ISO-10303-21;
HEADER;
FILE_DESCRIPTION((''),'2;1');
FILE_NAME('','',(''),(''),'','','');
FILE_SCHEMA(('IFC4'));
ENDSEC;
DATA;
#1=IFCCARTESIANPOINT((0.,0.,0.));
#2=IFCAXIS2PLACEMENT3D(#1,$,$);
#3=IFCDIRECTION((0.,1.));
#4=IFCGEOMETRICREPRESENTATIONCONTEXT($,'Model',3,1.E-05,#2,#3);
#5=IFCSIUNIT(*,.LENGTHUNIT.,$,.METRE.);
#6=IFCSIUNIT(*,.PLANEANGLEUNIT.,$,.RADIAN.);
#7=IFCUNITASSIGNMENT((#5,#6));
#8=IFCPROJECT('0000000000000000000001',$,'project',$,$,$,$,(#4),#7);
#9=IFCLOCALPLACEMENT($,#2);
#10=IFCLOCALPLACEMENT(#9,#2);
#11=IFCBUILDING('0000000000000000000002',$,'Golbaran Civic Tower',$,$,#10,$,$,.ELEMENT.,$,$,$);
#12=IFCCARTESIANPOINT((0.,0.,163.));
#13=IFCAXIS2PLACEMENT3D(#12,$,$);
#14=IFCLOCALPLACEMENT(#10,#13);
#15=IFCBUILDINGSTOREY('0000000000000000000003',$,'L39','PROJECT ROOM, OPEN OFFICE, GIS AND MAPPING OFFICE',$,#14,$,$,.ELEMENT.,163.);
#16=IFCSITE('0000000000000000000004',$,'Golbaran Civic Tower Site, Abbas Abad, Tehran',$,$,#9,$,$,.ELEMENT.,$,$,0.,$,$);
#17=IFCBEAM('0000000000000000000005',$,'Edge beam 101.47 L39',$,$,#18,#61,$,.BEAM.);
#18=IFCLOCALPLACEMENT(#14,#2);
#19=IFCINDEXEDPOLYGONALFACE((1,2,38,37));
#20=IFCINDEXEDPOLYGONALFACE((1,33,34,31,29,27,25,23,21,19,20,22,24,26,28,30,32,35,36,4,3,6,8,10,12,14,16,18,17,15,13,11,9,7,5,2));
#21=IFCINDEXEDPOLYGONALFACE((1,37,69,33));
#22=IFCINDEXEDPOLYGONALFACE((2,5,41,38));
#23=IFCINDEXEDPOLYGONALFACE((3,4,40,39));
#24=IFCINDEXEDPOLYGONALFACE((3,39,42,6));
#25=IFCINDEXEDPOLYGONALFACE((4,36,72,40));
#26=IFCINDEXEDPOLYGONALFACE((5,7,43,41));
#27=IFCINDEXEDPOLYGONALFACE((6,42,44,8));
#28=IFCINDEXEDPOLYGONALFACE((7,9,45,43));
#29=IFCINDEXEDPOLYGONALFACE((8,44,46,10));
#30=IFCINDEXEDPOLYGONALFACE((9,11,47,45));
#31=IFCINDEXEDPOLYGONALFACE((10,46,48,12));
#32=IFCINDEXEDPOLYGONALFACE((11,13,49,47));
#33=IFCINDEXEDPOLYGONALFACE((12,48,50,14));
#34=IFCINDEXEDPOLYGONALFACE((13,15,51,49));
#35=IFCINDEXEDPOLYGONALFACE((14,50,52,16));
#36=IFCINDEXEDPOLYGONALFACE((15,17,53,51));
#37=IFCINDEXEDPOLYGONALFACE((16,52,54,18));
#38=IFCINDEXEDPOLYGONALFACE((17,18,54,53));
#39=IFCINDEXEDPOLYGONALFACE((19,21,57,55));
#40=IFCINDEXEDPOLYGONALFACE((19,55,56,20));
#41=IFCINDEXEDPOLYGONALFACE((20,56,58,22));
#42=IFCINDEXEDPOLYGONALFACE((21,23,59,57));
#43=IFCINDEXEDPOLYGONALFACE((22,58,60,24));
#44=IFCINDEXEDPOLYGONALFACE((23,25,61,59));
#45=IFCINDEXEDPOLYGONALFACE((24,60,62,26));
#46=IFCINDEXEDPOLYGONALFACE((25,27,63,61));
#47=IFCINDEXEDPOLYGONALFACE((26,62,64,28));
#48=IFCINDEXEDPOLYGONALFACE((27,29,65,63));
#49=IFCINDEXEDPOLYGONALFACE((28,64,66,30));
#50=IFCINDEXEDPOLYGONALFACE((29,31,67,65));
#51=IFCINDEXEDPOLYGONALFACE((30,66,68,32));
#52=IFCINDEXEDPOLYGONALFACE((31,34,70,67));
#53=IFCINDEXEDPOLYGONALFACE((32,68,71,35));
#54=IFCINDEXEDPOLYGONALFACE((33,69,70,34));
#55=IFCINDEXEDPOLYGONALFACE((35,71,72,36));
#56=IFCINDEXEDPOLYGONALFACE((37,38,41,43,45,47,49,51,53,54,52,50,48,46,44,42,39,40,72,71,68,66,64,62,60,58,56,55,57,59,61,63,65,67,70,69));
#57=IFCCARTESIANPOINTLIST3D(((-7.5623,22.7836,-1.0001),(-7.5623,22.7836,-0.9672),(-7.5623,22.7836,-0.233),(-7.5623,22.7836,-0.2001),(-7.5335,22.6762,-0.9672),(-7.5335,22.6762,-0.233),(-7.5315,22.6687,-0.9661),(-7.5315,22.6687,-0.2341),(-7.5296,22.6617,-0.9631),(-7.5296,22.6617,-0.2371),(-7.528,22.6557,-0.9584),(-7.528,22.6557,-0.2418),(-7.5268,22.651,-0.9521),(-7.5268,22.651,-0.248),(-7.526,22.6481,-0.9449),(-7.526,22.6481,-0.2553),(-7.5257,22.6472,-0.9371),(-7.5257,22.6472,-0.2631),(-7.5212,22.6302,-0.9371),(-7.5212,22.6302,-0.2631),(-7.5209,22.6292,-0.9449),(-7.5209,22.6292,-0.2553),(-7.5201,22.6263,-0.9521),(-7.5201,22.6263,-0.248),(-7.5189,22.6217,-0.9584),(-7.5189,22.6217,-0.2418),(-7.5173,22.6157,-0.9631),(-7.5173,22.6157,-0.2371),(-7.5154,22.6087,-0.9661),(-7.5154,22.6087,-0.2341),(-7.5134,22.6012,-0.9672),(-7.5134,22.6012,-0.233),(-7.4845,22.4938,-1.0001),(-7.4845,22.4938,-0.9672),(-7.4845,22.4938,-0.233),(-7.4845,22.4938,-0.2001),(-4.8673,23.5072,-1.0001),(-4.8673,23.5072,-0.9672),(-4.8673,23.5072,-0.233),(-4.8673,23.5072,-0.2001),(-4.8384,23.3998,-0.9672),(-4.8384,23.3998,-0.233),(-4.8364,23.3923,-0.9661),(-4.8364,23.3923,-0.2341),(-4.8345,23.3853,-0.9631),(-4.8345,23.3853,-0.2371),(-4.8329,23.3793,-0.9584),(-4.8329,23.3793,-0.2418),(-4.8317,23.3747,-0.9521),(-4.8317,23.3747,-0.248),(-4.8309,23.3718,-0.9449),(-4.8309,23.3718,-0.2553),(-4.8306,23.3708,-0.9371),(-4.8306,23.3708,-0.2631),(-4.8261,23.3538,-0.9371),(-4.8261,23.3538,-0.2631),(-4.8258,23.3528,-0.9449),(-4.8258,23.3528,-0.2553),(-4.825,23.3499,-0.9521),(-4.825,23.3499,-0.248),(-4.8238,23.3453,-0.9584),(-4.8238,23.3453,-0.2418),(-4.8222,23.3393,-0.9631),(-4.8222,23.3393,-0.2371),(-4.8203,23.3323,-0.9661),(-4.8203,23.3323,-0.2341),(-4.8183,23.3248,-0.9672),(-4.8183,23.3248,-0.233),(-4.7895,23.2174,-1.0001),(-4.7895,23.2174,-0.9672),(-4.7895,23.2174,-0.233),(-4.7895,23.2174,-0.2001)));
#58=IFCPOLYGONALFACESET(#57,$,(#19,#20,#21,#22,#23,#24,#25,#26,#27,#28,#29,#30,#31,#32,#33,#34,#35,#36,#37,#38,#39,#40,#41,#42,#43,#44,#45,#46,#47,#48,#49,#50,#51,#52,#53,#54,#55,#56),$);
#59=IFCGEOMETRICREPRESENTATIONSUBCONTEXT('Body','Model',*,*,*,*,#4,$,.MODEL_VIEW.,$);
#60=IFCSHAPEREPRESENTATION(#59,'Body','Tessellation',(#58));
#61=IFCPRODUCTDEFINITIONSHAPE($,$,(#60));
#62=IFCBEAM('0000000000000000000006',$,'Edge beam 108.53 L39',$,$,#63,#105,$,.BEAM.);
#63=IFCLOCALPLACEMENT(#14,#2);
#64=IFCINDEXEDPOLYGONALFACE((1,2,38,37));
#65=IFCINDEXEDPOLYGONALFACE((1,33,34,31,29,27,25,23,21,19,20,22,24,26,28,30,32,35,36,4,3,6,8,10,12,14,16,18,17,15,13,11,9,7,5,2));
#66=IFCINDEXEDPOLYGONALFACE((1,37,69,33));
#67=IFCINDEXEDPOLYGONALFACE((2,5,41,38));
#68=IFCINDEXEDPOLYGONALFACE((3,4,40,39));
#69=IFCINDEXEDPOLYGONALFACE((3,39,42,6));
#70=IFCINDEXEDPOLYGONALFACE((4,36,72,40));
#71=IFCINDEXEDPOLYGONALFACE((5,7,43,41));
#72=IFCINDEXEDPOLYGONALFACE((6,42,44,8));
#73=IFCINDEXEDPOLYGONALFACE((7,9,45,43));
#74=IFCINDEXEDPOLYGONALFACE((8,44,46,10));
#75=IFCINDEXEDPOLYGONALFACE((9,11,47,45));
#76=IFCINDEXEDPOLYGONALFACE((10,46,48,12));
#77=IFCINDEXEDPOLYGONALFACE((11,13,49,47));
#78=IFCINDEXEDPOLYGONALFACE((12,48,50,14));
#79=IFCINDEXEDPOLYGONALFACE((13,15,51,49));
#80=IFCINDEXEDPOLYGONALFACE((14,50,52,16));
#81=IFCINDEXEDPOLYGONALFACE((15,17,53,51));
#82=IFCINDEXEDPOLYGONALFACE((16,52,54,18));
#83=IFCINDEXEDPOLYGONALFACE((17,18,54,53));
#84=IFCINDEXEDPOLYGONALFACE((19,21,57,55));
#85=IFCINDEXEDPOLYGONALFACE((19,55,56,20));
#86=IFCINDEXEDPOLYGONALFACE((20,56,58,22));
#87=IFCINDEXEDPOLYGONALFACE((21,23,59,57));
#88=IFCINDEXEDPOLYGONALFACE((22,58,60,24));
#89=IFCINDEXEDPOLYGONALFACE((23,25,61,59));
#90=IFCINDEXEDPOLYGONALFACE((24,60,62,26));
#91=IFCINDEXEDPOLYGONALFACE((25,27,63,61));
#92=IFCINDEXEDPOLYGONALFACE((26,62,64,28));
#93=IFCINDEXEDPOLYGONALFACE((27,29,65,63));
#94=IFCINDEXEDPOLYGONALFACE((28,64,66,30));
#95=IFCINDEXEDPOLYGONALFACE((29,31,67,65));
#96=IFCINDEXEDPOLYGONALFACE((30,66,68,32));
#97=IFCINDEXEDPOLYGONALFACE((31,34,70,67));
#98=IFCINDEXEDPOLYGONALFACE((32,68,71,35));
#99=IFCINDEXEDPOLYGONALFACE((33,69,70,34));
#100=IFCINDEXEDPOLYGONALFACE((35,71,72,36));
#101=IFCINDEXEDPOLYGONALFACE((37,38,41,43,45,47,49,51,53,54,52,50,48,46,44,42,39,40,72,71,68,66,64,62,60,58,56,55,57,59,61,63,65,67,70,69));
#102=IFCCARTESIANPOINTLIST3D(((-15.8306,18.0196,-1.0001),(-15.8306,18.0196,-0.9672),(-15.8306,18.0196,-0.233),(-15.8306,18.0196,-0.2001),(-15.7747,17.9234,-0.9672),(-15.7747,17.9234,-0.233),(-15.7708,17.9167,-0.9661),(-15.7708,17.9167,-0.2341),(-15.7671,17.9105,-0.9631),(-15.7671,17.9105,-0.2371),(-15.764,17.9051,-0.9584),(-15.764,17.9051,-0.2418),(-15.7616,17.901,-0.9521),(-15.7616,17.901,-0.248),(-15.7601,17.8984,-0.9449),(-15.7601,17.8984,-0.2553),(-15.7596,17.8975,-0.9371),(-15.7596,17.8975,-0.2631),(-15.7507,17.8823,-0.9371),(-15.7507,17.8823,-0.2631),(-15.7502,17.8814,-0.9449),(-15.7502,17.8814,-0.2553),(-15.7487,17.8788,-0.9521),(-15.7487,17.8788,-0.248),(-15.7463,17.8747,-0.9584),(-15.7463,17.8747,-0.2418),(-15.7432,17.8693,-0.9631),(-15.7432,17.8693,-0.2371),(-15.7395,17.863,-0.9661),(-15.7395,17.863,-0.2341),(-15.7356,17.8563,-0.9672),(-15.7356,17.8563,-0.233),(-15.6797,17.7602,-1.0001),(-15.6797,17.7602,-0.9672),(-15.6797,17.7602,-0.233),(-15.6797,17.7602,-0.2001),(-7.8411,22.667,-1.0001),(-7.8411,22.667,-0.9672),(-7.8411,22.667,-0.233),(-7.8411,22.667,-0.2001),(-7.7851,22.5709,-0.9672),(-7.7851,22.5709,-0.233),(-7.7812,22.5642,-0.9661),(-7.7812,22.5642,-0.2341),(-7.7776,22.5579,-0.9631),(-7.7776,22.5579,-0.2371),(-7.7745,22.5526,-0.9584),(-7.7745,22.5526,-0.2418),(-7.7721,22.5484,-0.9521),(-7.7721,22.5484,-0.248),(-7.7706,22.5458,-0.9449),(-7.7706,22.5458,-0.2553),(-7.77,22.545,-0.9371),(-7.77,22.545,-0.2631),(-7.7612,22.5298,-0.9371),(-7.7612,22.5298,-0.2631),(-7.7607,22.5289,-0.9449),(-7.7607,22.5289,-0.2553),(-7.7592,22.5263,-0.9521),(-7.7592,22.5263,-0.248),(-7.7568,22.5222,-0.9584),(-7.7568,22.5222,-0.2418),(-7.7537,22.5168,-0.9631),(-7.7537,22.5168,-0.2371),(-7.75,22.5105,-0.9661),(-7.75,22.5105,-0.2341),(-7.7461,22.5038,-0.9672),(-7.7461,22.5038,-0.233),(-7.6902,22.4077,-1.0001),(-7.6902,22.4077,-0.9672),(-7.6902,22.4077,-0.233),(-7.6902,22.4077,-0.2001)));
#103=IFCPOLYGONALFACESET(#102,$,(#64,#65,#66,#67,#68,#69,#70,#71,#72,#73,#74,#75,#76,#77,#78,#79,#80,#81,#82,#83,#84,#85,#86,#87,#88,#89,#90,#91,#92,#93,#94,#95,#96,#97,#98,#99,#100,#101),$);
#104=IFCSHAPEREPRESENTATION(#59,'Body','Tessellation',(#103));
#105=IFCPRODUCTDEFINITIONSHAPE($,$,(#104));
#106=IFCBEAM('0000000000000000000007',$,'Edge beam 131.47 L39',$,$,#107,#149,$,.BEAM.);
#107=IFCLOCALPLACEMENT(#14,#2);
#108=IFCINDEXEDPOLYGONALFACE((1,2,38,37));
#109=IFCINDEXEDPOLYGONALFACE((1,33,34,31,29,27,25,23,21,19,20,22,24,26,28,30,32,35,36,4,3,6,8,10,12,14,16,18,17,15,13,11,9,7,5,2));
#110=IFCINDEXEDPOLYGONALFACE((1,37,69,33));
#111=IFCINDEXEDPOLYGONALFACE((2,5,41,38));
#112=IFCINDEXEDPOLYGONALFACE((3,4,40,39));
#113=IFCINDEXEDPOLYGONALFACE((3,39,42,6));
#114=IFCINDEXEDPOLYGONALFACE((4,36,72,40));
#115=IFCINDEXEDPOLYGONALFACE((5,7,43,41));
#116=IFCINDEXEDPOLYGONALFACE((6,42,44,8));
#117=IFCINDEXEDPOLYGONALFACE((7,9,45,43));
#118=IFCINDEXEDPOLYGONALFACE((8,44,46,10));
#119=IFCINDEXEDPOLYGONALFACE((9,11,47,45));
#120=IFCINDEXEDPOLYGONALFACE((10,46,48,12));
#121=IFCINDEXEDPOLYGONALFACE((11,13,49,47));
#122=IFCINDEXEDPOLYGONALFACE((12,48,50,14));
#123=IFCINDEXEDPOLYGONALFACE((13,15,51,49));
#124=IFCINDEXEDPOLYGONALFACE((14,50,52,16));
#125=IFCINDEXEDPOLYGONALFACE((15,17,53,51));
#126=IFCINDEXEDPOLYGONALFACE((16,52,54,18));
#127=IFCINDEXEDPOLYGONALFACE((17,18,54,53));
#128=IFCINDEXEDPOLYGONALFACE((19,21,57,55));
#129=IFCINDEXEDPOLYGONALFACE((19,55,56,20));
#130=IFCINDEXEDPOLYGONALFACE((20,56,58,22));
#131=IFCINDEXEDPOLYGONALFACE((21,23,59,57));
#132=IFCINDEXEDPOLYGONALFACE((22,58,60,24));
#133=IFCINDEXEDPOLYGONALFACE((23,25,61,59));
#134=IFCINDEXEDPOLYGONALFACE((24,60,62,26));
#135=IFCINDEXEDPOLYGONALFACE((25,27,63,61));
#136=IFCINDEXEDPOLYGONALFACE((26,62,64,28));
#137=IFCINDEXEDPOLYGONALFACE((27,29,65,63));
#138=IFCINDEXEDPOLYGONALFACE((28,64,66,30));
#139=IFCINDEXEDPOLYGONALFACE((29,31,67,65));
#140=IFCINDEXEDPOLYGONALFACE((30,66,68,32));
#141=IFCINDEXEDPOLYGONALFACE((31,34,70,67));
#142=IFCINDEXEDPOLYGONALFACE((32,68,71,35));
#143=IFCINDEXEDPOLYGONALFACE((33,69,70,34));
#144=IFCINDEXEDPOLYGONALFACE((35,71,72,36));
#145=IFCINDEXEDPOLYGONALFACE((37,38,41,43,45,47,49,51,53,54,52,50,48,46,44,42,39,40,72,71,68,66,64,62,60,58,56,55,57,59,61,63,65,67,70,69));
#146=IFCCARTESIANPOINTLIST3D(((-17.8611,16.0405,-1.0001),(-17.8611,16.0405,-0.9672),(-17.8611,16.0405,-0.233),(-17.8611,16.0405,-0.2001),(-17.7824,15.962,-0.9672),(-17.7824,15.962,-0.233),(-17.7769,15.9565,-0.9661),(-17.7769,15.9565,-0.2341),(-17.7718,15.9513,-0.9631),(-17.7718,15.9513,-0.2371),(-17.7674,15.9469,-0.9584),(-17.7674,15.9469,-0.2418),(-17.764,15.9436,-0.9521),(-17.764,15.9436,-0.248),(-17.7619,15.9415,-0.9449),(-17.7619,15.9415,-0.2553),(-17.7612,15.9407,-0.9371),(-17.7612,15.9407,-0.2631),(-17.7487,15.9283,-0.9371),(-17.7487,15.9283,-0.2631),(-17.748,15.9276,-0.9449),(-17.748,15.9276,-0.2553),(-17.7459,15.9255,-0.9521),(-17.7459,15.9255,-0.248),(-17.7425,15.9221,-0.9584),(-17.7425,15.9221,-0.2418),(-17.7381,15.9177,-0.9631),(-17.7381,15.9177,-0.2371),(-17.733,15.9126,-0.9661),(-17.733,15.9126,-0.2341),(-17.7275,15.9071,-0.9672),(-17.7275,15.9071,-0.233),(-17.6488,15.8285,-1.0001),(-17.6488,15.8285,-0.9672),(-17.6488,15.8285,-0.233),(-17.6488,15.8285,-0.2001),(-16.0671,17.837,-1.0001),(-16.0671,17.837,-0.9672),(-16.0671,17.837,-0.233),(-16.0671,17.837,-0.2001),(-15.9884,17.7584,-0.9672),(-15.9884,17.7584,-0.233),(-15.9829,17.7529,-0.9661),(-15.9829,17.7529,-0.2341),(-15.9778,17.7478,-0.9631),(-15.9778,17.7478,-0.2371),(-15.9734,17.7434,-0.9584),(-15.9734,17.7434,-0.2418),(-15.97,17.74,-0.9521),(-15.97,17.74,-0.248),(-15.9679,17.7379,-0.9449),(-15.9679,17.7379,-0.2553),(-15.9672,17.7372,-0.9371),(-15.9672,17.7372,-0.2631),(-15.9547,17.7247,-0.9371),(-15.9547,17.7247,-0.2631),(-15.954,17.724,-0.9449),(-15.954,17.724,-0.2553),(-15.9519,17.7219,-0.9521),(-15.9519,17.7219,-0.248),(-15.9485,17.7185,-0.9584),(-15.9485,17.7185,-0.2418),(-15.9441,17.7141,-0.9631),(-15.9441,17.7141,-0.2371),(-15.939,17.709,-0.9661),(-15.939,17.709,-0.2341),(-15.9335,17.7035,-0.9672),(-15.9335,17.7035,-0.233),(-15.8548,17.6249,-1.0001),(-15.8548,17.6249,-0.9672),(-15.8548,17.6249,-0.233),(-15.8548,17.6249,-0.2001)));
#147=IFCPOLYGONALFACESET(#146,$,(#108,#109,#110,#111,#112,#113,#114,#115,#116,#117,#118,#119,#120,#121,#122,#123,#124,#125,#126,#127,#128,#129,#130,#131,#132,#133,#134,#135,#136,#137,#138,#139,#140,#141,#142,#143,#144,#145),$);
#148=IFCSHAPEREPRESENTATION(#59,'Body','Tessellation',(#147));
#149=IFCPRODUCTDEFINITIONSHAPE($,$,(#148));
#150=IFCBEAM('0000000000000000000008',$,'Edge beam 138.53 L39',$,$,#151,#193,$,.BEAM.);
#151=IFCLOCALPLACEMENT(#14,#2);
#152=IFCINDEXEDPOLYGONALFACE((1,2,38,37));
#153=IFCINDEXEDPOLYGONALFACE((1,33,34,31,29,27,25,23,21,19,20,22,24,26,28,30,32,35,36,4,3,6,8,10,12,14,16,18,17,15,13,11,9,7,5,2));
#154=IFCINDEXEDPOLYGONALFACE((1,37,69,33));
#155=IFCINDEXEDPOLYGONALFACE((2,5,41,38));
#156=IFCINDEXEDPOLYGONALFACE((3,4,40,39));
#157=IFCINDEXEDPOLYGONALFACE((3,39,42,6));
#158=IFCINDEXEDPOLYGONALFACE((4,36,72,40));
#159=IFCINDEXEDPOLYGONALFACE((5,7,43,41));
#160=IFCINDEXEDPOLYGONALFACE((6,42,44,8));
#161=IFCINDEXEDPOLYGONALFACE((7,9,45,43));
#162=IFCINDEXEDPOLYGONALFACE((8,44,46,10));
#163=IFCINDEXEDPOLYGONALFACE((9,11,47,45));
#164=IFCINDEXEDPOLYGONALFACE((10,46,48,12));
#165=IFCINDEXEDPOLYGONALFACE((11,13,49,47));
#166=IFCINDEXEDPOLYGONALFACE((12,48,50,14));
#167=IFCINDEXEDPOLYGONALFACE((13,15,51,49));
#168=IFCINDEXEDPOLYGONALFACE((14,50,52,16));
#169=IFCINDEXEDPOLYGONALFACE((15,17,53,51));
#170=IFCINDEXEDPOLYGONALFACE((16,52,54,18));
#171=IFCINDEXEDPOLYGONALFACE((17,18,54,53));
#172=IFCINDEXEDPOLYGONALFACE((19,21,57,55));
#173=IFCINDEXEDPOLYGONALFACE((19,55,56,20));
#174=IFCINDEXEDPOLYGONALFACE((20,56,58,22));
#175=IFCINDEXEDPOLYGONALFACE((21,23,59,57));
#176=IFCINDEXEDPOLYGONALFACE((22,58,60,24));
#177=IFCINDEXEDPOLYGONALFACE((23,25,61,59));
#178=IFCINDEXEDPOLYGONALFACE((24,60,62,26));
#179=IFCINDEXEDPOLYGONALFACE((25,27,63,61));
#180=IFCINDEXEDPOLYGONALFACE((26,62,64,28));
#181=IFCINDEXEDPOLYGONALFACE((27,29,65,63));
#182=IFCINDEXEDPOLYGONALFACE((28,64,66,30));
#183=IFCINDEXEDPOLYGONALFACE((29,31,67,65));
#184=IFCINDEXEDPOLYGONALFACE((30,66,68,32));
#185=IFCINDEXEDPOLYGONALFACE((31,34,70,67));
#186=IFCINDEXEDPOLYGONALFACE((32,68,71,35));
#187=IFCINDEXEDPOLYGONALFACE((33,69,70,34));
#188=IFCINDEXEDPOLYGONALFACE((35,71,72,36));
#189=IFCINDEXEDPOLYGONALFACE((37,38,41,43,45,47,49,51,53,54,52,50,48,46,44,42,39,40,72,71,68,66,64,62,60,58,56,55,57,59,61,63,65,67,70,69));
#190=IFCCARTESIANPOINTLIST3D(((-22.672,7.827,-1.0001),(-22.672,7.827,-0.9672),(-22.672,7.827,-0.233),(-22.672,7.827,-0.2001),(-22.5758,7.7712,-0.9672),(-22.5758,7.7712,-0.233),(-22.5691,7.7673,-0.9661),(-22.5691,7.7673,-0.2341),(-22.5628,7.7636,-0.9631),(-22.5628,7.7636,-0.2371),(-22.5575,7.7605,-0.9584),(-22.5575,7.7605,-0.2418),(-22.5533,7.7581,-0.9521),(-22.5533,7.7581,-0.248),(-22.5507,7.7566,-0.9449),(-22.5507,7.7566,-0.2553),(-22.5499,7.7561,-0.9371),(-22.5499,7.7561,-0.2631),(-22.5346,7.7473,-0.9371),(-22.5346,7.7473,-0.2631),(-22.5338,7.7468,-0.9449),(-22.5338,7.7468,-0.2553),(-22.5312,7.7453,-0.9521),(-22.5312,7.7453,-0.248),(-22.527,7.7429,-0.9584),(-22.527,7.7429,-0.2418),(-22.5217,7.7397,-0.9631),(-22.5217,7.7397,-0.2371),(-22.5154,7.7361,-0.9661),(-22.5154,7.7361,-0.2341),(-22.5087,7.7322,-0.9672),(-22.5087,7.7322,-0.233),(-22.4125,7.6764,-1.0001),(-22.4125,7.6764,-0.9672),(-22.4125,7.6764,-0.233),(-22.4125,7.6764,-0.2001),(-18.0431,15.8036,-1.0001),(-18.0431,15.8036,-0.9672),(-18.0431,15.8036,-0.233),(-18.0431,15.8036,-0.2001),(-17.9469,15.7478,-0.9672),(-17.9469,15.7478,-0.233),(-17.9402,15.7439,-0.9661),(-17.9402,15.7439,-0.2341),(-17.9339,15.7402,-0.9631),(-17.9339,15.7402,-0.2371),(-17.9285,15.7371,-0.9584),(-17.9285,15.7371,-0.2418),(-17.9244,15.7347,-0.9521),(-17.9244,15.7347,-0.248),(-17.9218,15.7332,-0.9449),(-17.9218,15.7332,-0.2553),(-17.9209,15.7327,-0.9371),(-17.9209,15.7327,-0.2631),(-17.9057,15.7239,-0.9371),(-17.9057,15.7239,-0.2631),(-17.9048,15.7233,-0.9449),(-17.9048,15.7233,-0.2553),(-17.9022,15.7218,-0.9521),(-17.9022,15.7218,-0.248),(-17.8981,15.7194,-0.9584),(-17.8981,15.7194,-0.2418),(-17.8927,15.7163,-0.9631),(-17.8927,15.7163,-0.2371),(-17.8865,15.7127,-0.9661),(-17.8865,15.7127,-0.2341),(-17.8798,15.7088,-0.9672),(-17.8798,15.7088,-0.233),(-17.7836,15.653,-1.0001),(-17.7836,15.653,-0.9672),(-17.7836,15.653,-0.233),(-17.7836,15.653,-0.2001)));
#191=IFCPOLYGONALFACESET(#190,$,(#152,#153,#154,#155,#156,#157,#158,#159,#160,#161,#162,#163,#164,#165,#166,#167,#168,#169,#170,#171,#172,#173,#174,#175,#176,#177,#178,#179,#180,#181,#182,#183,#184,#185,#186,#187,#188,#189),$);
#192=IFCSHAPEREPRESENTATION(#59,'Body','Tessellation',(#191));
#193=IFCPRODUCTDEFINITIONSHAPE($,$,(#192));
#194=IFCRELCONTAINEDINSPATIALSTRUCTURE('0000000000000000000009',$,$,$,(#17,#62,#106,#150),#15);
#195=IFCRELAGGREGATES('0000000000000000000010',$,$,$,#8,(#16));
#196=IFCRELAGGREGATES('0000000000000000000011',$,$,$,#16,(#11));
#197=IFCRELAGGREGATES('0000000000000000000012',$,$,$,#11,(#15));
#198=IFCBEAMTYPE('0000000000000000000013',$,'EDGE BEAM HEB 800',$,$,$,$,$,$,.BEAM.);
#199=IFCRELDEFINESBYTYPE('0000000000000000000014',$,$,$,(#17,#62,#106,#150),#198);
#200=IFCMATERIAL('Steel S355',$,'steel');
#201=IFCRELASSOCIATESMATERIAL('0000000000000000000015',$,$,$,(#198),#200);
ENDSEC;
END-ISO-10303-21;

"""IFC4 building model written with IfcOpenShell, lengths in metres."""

from ifc_helpers import new_model, si_unit, direction, frame, origin, origin_2d, place, context, subcontext, project, spatial, i_section, extrude, material, material_profile, profile_set, type_object, element, save


model = new_model("IFC4")

# Units and contexts
model_context = context("Model", 3, precision=1e-05, world=origin(), true_north=direction((0.0, 1.0)))
body_context = subcontext(model_context, "Body", "Model", "MODEL_VIEW")
ifc_project = project(units=[si_unit("LENGTHUNIT", "METRE"), si_unit("PLANEANGLEUNIT", "RADIAN")], contexts=[model_context])

# Site, building, storey
site_placement = place(None, origin())
site = spatial("IfcSite", under=ifc_project, at=site_placement, Name="Golbaran Civic Tower Site, Abbas Abad, Tehran", CompositionType="ELEMENT", RefElevation=0.0)
building_placement = place(site_placement, origin())
building = spatial("IfcBuilding", under=site, at=building_placement, Name="Golbaran Civic Tower", CompositionType="ELEMENT")
storey_placement = place(building_placement, frame((0.0, 0.0, 163.0)))
storey = spatial("IfcBuildingStorey", under=building, at=storey_placement, Name="L39", Description="PROJECT ROOM, OPEN OFFICE, GIS AND MAPPING OFFICE", CompositionType="ELEMENT", Elevation=163.0)

# Beams
ifc_material_1 = material(Name="Steel S355", Category="steel")
ifc_material_profile_1 = material_profile(ifc_material_1, i_section(OverallWidth=0.3, OverallDepth=0.8, WebThickness=0.0176, FlangeThickness=0.033, FilletRadius=0.03, at=origin_2d()), Name="HEB 800")
ifc_profile_set_1 = profile_set([ifc_material_profile_1], Name="Steel S355")
beam_type_1 = type_object("IfcBeamType", Name="EDGE BEAM HEB 800", PredefinedType="BEAM", material=ifc_profile_set_1)
beam_1_placement = place(storey_placement, frame((-4.8284, 23.3623, -0.6001), z_axis=(-0.965792, -0.259318, 0.0), x_axis=(0.259318, -0.965792, 0.0)))
element("IfcBeam", 1, at=beam_1_placement, inside=storey, type_object=beam_type_1, Name="Edge beam 101.47 L39", PredefinedType="BEAM", context=body_context, shape_type="SweptSolid", body=[
    extrude(i_section(OverallWidth=0.3, OverallDepth=0.8, WebThickness=0.0176, FlangeThickness=0.033, FilletRadius=0.03, at=origin_2d()), origin(), (0.0, 0.0, 1.0), 2.7905),
])
beam_2_placement = place(storey_placement, frame((-7.7656, 22.5374, -0.6001), z_axis=(-0.864394, -0.502815, 0.0), x_axis=(0.502815, -0.864394, 0.0)))
element("IfcBeam", 2, at=beam_2_placement, inside=storey, type_object=beam_type_1, Name="Edge beam 108.53 L39", PredefinedType="BEAM", context=body_context, shape_type="SweptSolid", body=[
    extrude(i_section(OverallWidth=0.3, OverallDepth=0.8, WebThickness=0.0176, FlangeThickness=0.033, FilletRadius=0.03, at=origin_2d()), origin(), (0.0, 0.0, 1.0), 9.2429),
])
beam_3_placement = place(storey_placement, frame((-15.9609, 17.731, -0.6001), z_axis=(-0.706626, -0.707587, 0.0), x_axis=(0.707587, -0.706626, 0.0)))
element("IfcBeam", 3, at=beam_3_placement, inside=storey, type_object=beam_type_1, Name="Edge beam 131.47 L39", PredefinedType="BEAM", context=body_context, shape_type="SweptSolid", body=[
    extrude(i_section(OverallWidth=0.3, OverallDepth=0.8, WebThickness=0.0176, FlangeThickness=0.033, FilletRadius=0.03, at=origin_2d()), origin(), (0.0, 0.0, 1.0), 2.5388),
])
beam_4_placement = place(storey_placement, frame((-17.9133, 15.7283, -0.6001), z_axis=(-0.501921, -0.864914, 0.0), x_axis=(0.864914, -0.501921, 0.0)))
element("IfcBeam", 4, at=beam_4_placement, inside=storey, type_object=beam_type_1, Name="Edge beam 138.53 L39", PredefinedType="BEAM", context=body_context, shape_type="SweptSolid", body=[
    extrude(i_section(OverallWidth=0.3, OverallDepth=0.8, WebThickness=0.0176, FlangeThickness=0.033, FilletRadius=0.03, at=origin_2d()), origin(), (0.0, 0.0, 1.0), 9.2224),
])

save(model, "model.ifc")
